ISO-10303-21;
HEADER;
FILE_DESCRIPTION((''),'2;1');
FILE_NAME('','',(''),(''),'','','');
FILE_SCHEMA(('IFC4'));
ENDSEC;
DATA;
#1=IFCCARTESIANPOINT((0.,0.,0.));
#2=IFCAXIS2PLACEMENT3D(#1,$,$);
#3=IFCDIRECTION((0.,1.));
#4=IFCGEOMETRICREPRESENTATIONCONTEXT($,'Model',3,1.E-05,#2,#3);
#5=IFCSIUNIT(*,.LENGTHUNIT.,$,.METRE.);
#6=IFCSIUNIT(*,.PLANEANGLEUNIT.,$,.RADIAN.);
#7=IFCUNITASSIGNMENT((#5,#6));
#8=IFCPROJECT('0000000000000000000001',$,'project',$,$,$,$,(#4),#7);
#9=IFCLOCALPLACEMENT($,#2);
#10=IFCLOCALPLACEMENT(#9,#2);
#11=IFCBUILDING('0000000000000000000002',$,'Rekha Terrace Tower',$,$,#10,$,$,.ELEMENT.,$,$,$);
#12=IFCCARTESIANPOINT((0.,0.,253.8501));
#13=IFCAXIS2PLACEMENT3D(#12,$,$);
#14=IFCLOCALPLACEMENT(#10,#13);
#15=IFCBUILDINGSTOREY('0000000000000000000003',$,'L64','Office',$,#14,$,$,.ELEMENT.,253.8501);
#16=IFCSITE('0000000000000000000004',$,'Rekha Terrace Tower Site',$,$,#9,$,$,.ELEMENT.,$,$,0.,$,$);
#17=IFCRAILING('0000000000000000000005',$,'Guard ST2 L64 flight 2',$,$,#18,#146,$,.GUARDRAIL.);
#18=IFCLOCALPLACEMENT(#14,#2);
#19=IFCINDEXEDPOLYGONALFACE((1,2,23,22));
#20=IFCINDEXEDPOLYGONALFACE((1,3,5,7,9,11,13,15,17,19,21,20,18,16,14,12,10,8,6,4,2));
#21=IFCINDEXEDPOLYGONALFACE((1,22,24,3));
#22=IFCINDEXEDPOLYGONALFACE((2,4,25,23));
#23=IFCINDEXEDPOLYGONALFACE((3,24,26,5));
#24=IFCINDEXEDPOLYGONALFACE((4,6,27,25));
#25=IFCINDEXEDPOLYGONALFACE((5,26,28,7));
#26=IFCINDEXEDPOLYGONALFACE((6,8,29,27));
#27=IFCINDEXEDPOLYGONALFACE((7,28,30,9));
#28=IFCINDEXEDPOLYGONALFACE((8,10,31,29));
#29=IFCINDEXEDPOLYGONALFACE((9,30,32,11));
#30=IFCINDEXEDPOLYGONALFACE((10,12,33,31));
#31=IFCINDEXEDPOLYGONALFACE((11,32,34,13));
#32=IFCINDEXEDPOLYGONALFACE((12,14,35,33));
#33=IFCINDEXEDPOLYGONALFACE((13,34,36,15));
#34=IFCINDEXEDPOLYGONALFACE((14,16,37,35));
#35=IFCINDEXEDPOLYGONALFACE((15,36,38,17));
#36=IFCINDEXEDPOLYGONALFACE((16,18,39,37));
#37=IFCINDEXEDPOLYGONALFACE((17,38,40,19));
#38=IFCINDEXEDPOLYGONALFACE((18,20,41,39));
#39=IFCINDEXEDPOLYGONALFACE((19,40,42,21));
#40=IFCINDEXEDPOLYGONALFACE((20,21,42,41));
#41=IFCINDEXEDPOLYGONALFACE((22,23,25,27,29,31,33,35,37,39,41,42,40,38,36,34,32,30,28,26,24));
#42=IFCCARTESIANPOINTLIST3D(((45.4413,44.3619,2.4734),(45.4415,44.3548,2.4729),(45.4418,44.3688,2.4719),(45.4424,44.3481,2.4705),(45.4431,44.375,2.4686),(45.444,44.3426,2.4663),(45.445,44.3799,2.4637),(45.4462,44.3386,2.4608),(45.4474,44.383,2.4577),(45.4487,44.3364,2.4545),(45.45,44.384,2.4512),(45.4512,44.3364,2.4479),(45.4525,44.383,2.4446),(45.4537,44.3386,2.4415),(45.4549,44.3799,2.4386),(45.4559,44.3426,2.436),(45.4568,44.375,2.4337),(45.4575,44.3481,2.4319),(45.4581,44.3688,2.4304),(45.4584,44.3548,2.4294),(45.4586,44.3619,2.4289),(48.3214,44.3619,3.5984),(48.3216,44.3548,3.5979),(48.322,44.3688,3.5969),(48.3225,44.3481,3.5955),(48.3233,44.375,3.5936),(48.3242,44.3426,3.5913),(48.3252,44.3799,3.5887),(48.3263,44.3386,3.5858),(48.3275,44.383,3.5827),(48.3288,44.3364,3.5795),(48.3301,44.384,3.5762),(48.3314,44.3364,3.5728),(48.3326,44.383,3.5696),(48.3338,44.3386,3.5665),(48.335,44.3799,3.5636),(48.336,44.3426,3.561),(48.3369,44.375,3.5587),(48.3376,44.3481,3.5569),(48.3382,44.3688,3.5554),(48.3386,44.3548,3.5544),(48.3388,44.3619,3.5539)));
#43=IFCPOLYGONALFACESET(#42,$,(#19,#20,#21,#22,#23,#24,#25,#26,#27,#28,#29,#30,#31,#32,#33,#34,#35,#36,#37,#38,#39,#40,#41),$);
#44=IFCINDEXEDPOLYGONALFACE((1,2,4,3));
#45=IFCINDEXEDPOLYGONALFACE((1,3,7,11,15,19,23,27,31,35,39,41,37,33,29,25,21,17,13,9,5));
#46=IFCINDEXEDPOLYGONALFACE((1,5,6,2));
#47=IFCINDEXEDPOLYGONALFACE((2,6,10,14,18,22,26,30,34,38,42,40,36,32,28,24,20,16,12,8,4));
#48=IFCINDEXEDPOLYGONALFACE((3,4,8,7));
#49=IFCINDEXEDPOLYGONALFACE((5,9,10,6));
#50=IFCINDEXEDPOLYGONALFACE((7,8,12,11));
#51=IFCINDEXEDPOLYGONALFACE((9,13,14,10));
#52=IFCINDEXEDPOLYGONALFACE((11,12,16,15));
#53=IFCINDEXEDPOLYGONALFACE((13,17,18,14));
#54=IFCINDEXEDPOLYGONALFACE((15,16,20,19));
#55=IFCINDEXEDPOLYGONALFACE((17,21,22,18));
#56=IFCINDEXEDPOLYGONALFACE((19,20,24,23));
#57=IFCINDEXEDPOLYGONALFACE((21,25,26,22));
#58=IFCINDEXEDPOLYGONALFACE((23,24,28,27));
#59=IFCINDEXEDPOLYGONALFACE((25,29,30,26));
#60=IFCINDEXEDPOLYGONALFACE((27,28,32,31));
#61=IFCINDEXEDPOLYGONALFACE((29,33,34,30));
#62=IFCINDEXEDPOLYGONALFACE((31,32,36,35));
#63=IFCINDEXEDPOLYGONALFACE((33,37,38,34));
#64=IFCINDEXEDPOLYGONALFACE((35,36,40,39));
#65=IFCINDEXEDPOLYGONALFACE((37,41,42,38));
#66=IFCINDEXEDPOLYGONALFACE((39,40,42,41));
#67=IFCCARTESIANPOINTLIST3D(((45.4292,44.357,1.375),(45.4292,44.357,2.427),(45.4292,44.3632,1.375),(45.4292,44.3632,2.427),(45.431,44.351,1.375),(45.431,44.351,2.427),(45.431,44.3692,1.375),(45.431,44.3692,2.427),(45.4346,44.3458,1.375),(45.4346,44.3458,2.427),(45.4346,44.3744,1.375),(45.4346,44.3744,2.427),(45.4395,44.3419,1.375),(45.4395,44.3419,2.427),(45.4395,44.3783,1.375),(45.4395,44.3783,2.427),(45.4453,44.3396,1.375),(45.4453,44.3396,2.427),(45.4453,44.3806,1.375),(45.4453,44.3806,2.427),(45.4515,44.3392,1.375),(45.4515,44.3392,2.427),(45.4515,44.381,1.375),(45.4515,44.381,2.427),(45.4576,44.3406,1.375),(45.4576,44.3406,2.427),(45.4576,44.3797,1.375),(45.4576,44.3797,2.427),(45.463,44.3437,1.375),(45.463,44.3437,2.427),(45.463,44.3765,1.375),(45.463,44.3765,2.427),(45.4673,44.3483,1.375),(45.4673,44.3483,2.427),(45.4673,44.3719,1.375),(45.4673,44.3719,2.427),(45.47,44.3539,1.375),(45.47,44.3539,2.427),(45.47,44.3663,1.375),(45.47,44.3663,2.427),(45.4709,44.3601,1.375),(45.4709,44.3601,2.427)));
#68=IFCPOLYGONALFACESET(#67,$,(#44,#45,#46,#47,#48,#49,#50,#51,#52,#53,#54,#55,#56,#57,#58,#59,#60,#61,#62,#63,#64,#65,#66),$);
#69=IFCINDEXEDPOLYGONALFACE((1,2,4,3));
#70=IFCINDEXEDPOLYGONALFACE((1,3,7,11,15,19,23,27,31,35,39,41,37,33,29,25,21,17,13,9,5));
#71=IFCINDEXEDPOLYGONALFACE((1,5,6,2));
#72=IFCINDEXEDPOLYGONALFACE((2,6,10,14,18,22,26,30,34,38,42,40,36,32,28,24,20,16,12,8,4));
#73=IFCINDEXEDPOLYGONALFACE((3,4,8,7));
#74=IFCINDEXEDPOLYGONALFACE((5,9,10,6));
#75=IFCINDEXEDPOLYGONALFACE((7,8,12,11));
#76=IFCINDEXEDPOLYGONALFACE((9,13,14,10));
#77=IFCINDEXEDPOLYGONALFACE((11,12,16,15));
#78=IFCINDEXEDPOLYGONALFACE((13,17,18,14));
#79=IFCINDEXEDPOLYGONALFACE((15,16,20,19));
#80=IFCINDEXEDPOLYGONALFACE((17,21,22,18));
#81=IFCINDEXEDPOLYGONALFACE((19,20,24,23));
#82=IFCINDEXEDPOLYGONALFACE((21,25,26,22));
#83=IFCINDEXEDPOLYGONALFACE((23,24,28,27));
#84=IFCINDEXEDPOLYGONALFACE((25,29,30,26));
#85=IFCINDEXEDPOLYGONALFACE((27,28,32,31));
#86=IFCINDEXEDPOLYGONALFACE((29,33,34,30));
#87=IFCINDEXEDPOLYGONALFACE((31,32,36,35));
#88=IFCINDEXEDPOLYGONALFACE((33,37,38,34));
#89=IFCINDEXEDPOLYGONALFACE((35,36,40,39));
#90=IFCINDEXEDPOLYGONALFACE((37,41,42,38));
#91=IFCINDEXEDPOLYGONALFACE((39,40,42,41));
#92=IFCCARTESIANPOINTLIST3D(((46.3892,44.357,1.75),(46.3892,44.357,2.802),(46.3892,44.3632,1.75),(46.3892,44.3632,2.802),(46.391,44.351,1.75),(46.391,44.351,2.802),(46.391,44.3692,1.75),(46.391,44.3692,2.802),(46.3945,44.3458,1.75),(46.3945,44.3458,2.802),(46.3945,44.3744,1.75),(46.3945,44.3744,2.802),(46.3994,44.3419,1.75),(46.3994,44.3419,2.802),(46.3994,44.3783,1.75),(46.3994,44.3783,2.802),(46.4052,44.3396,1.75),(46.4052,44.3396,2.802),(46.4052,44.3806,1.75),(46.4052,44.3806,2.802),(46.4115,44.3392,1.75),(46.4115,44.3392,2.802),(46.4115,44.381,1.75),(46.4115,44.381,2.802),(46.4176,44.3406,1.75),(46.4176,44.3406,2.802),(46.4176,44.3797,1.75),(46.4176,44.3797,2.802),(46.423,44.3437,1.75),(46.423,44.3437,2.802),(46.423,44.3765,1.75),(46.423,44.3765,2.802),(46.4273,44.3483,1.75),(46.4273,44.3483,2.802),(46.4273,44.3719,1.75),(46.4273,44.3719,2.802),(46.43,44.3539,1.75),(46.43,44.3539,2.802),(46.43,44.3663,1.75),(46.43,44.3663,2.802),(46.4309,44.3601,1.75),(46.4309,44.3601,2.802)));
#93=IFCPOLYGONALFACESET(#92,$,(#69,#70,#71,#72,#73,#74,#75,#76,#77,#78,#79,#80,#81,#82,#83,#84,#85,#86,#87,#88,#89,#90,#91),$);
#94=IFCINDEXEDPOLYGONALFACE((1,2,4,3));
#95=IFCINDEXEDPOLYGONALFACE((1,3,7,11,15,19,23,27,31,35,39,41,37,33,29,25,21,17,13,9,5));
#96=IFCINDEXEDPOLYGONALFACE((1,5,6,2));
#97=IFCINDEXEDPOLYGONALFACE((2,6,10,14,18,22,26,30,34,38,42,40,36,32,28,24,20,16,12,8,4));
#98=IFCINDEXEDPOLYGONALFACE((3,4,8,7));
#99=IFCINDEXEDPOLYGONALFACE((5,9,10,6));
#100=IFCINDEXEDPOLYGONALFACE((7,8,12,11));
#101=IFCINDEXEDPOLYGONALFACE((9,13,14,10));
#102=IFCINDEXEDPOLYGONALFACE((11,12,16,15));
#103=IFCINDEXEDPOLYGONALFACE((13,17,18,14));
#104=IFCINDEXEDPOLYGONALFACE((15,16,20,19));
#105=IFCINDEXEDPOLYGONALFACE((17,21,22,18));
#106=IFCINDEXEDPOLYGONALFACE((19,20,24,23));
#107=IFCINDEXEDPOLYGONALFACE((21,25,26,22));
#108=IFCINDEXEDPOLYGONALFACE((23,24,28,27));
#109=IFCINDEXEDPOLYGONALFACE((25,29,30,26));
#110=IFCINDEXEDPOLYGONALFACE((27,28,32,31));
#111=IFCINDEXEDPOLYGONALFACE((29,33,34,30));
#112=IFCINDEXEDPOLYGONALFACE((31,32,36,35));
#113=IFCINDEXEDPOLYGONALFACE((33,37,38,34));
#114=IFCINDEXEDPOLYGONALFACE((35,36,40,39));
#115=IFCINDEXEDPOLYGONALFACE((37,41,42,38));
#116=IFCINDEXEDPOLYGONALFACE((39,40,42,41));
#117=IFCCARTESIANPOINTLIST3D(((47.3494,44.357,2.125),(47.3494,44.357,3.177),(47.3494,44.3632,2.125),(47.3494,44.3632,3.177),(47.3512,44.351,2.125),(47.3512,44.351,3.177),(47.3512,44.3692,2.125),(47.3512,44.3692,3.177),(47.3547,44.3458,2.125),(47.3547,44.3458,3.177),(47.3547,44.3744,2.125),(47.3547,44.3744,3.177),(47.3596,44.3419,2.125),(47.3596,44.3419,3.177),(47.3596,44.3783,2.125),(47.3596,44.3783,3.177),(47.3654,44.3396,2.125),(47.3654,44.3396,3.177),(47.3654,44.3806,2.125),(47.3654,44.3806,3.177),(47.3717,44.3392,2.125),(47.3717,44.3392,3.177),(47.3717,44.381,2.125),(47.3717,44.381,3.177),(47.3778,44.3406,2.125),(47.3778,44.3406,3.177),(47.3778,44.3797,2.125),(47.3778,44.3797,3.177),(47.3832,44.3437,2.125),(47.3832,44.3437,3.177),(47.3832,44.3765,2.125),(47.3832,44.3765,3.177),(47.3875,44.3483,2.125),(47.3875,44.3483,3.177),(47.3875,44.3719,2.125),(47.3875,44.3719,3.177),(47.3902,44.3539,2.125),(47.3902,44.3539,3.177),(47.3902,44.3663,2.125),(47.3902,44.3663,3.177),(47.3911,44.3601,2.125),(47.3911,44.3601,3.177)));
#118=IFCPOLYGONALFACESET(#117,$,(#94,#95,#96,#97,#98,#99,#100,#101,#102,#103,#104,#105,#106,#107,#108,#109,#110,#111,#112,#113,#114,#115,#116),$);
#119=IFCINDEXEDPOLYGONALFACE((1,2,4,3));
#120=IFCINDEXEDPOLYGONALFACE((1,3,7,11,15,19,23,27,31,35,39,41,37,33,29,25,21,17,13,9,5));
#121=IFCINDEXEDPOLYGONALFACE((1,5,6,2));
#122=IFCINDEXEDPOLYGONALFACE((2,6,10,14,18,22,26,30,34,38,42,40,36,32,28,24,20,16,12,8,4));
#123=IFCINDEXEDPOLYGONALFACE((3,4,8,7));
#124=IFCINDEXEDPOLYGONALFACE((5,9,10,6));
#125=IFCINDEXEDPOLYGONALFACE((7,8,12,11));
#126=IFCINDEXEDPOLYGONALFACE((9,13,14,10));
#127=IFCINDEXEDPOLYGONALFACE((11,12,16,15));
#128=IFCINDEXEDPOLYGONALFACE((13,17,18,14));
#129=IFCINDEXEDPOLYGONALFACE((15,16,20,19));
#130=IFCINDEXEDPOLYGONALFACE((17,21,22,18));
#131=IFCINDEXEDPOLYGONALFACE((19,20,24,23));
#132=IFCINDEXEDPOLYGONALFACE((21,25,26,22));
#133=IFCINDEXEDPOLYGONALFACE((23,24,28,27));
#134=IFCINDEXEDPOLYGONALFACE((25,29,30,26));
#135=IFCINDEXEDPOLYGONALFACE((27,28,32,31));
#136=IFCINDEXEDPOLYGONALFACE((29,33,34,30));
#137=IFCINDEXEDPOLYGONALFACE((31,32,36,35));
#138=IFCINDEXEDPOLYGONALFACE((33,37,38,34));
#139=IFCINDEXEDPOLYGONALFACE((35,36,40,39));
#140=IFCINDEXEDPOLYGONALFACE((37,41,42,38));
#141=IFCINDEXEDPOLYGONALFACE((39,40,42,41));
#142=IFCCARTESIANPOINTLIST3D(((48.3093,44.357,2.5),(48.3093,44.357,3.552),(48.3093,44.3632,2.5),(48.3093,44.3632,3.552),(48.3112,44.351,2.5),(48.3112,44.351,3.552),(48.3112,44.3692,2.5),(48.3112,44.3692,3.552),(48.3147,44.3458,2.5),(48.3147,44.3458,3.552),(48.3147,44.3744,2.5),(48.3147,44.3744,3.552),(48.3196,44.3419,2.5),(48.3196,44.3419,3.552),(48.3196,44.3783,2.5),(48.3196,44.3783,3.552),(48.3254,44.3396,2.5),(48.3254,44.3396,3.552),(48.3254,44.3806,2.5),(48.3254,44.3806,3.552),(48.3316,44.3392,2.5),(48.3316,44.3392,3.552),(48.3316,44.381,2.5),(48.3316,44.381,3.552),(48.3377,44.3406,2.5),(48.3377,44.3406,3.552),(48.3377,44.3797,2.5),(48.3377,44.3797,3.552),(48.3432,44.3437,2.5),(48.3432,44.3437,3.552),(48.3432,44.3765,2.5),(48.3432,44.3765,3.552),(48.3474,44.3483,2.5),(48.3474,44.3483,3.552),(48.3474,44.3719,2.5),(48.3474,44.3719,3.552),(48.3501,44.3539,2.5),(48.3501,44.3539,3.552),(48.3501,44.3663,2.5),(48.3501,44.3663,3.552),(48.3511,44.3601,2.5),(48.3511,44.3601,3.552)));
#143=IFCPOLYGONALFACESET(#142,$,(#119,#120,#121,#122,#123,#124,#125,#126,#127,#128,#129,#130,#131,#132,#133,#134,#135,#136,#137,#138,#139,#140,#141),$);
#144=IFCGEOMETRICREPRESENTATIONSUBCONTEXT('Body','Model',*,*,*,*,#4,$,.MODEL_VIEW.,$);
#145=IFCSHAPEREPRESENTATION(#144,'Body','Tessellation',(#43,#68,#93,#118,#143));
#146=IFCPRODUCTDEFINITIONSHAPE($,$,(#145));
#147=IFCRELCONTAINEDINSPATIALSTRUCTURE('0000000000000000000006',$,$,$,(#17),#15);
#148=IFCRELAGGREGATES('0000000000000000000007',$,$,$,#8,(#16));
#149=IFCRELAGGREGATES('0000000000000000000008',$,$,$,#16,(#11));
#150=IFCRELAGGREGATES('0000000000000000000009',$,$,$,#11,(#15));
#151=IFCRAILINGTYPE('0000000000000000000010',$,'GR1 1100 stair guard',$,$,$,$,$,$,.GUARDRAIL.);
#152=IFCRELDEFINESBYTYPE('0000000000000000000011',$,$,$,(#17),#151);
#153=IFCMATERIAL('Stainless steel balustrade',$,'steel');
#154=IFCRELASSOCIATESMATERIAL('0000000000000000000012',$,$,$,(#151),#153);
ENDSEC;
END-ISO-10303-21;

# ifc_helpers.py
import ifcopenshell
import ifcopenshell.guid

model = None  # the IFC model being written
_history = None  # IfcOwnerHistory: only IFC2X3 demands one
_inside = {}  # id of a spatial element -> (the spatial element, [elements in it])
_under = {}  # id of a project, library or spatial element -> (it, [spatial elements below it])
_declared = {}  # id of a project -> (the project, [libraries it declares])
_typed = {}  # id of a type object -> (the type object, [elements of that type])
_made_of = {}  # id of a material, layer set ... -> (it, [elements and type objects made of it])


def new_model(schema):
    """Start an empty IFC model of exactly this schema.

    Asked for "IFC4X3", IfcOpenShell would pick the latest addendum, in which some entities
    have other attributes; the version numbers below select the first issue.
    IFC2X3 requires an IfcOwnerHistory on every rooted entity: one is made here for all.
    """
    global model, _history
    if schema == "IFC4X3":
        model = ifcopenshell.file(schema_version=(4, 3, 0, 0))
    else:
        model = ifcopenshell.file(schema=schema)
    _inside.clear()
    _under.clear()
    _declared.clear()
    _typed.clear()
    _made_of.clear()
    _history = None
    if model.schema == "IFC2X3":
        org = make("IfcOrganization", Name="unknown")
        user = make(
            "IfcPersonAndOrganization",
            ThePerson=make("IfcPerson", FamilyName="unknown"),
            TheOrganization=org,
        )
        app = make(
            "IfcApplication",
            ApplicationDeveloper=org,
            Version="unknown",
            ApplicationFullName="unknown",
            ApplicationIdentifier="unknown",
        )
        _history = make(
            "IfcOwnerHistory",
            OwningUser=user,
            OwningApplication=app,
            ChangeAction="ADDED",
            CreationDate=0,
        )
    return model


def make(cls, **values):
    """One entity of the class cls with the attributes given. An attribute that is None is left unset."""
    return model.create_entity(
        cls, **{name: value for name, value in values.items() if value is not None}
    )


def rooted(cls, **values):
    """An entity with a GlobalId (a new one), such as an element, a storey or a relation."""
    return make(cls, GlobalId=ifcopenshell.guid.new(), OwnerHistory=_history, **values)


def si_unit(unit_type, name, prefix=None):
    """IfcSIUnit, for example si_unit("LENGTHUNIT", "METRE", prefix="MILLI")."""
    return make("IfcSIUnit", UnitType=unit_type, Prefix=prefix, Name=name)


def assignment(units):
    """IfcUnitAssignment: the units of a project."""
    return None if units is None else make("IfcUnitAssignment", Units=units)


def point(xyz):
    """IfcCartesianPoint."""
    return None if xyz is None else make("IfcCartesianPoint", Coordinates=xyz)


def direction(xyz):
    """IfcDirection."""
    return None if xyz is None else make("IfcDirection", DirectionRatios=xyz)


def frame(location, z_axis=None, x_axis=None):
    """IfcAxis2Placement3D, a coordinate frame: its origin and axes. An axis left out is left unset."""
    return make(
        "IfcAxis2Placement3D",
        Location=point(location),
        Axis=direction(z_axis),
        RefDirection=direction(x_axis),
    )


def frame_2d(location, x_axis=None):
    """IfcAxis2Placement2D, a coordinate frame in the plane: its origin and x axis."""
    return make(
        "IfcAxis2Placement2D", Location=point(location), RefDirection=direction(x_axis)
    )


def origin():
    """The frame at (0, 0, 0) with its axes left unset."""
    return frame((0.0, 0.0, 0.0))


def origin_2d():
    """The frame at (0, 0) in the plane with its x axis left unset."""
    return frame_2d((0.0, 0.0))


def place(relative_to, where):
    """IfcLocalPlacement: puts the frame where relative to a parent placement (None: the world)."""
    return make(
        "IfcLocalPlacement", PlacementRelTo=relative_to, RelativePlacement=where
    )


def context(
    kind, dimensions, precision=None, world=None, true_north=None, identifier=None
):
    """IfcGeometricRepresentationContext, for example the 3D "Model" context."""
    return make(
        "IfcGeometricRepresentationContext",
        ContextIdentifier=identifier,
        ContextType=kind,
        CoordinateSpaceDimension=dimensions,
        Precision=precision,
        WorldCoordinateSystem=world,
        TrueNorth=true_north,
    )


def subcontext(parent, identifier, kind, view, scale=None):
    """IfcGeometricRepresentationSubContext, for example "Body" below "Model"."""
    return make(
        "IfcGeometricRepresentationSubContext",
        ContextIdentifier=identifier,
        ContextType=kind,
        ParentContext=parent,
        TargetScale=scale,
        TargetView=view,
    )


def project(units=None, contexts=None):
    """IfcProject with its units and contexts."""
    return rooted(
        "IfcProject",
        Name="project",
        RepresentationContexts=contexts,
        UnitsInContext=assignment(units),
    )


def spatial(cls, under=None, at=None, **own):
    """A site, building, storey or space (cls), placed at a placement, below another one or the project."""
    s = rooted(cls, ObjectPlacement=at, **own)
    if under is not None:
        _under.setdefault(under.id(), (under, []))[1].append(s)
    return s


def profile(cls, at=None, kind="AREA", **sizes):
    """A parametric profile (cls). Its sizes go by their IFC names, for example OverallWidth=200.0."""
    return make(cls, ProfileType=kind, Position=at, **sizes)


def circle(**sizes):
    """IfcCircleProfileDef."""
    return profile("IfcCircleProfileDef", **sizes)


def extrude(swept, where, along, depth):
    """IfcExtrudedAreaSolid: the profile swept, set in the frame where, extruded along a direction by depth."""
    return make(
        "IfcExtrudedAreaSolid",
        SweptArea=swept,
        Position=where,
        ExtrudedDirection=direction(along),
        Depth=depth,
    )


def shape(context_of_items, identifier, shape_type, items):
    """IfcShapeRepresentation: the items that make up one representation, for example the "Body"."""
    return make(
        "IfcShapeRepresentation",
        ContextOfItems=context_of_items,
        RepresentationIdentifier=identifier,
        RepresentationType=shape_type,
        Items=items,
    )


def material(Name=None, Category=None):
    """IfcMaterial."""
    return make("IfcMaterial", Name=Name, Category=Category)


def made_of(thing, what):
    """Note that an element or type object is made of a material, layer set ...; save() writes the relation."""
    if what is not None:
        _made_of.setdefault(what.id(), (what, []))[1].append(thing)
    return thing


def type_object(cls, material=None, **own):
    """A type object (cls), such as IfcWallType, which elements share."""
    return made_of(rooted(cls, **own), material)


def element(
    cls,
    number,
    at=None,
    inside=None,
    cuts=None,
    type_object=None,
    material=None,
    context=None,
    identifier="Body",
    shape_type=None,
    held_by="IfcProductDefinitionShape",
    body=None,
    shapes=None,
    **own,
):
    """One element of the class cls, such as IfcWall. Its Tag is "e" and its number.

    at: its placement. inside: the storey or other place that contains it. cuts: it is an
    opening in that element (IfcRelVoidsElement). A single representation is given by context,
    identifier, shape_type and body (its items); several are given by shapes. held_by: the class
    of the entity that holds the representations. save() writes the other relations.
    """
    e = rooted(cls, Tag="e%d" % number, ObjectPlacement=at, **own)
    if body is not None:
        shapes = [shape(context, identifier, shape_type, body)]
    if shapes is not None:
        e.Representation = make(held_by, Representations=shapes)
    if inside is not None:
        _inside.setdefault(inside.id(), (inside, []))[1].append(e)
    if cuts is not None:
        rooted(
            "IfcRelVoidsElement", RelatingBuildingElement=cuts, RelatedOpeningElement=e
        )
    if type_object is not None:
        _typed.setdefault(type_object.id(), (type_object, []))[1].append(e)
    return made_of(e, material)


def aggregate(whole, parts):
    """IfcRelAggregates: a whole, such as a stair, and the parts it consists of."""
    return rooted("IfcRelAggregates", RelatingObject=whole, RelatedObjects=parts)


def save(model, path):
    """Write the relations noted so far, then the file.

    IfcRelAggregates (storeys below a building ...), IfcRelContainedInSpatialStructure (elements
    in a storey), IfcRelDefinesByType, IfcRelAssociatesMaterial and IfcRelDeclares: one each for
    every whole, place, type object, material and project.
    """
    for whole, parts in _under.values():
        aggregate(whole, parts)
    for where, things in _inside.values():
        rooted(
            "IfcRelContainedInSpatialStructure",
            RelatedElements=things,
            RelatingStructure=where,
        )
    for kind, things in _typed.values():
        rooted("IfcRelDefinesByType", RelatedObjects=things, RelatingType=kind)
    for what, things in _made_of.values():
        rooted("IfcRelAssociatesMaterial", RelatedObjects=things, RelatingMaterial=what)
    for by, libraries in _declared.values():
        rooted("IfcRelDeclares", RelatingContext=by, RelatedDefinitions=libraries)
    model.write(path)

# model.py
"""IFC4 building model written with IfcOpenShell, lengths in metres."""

from ifc_helpers import new_model, si_unit, direction, frame, origin, origin_2d, place, context, subcontext, project, spatial, circle, extrude, material, type_object, element, save


model = new_model("IFC4")

# Units and contexts
model_context = context("Model", 3, precision=1e-05, world=origin(), true_north=direction((0.0, 1.0)))
body_context = subcontext(model_context, "Body", "Model", "MODEL_VIEW")
ifc_project = project(units=[si_unit("LENGTHUNIT", "METRE"), si_unit("PLANEANGLEUNIT", "RADIAN")], contexts=[model_context])

# Site, building, storey
site_placement = place(None, origin())
site = spatial("IfcSite", under=ifc_project, at=site_placement, Name="Rekha Terrace Tower Site", CompositionType="ELEMENT", RefElevation=0.0)
building_placement = place(site_placement, origin())
building = spatial("IfcBuilding", under=site, at=building_placement, Name="Rekha Terrace Tower", CompositionType="ELEMENT")
storey_placement = place(building_placement, frame((0.0, 0.0, 253.8501)))
storey = spatial("IfcBuildingStorey", under=building, at=storey_placement, Name="L64", Description="Office", CompositionType="ELEMENT", Elevation=253.8501)

# Railing
ifc_material_1 = material(Name="Stainless steel balustrade", Category="steel")
railing_type_1 = type_object("IfcRailingType", Name="GR1 1100 stair guard", PredefinedType="GUARDRAIL", material=ifc_material_1)
railing_1_placement = place(storey_placement, frame((45.45, 44.3601, 1.375)))
element("IfcRailing", 1, at=railing_1_placement, inside=storey, type_object=railing_type_1, Name="Guard ST2 L64 flight 2", PredefinedType="GUARDRAIL", context=body_context, shape_type="SweptSolid", body=[
    extrude(circle(Radius=0.0239, at=origin_2d()), frame((0.0, 0.0, 1.0762), z_axis=(0.931463, 0.0, 0.363837), x_axis=(0.0, 1.0, 0.0)), (0.0, 0.0, 1.0), 3.092),
    extrude(circle(Radius=0.021, at=origin_2d()), origin(), (0.0, 0.0, 1.0), 1.052),
    extrude(circle(Radius=0.021, at=origin_2d()), frame((0.96, 0.0, 0.375)), (0.0, 0.0, 1.0), 1.052),
    extrude(circle(Radius=0.021, at=origin_2d()), frame((1.9202, 0.0, 0.75)), (0.0, 0.0, 1.0), 1.052),
    extrude(circle(Radius=0.021, at=origin_2d()), frame((2.8801, 0.0, 1.125)), (0.0, 0.0, 1.0), 1.052),
])

save(model, "model.ifc")
